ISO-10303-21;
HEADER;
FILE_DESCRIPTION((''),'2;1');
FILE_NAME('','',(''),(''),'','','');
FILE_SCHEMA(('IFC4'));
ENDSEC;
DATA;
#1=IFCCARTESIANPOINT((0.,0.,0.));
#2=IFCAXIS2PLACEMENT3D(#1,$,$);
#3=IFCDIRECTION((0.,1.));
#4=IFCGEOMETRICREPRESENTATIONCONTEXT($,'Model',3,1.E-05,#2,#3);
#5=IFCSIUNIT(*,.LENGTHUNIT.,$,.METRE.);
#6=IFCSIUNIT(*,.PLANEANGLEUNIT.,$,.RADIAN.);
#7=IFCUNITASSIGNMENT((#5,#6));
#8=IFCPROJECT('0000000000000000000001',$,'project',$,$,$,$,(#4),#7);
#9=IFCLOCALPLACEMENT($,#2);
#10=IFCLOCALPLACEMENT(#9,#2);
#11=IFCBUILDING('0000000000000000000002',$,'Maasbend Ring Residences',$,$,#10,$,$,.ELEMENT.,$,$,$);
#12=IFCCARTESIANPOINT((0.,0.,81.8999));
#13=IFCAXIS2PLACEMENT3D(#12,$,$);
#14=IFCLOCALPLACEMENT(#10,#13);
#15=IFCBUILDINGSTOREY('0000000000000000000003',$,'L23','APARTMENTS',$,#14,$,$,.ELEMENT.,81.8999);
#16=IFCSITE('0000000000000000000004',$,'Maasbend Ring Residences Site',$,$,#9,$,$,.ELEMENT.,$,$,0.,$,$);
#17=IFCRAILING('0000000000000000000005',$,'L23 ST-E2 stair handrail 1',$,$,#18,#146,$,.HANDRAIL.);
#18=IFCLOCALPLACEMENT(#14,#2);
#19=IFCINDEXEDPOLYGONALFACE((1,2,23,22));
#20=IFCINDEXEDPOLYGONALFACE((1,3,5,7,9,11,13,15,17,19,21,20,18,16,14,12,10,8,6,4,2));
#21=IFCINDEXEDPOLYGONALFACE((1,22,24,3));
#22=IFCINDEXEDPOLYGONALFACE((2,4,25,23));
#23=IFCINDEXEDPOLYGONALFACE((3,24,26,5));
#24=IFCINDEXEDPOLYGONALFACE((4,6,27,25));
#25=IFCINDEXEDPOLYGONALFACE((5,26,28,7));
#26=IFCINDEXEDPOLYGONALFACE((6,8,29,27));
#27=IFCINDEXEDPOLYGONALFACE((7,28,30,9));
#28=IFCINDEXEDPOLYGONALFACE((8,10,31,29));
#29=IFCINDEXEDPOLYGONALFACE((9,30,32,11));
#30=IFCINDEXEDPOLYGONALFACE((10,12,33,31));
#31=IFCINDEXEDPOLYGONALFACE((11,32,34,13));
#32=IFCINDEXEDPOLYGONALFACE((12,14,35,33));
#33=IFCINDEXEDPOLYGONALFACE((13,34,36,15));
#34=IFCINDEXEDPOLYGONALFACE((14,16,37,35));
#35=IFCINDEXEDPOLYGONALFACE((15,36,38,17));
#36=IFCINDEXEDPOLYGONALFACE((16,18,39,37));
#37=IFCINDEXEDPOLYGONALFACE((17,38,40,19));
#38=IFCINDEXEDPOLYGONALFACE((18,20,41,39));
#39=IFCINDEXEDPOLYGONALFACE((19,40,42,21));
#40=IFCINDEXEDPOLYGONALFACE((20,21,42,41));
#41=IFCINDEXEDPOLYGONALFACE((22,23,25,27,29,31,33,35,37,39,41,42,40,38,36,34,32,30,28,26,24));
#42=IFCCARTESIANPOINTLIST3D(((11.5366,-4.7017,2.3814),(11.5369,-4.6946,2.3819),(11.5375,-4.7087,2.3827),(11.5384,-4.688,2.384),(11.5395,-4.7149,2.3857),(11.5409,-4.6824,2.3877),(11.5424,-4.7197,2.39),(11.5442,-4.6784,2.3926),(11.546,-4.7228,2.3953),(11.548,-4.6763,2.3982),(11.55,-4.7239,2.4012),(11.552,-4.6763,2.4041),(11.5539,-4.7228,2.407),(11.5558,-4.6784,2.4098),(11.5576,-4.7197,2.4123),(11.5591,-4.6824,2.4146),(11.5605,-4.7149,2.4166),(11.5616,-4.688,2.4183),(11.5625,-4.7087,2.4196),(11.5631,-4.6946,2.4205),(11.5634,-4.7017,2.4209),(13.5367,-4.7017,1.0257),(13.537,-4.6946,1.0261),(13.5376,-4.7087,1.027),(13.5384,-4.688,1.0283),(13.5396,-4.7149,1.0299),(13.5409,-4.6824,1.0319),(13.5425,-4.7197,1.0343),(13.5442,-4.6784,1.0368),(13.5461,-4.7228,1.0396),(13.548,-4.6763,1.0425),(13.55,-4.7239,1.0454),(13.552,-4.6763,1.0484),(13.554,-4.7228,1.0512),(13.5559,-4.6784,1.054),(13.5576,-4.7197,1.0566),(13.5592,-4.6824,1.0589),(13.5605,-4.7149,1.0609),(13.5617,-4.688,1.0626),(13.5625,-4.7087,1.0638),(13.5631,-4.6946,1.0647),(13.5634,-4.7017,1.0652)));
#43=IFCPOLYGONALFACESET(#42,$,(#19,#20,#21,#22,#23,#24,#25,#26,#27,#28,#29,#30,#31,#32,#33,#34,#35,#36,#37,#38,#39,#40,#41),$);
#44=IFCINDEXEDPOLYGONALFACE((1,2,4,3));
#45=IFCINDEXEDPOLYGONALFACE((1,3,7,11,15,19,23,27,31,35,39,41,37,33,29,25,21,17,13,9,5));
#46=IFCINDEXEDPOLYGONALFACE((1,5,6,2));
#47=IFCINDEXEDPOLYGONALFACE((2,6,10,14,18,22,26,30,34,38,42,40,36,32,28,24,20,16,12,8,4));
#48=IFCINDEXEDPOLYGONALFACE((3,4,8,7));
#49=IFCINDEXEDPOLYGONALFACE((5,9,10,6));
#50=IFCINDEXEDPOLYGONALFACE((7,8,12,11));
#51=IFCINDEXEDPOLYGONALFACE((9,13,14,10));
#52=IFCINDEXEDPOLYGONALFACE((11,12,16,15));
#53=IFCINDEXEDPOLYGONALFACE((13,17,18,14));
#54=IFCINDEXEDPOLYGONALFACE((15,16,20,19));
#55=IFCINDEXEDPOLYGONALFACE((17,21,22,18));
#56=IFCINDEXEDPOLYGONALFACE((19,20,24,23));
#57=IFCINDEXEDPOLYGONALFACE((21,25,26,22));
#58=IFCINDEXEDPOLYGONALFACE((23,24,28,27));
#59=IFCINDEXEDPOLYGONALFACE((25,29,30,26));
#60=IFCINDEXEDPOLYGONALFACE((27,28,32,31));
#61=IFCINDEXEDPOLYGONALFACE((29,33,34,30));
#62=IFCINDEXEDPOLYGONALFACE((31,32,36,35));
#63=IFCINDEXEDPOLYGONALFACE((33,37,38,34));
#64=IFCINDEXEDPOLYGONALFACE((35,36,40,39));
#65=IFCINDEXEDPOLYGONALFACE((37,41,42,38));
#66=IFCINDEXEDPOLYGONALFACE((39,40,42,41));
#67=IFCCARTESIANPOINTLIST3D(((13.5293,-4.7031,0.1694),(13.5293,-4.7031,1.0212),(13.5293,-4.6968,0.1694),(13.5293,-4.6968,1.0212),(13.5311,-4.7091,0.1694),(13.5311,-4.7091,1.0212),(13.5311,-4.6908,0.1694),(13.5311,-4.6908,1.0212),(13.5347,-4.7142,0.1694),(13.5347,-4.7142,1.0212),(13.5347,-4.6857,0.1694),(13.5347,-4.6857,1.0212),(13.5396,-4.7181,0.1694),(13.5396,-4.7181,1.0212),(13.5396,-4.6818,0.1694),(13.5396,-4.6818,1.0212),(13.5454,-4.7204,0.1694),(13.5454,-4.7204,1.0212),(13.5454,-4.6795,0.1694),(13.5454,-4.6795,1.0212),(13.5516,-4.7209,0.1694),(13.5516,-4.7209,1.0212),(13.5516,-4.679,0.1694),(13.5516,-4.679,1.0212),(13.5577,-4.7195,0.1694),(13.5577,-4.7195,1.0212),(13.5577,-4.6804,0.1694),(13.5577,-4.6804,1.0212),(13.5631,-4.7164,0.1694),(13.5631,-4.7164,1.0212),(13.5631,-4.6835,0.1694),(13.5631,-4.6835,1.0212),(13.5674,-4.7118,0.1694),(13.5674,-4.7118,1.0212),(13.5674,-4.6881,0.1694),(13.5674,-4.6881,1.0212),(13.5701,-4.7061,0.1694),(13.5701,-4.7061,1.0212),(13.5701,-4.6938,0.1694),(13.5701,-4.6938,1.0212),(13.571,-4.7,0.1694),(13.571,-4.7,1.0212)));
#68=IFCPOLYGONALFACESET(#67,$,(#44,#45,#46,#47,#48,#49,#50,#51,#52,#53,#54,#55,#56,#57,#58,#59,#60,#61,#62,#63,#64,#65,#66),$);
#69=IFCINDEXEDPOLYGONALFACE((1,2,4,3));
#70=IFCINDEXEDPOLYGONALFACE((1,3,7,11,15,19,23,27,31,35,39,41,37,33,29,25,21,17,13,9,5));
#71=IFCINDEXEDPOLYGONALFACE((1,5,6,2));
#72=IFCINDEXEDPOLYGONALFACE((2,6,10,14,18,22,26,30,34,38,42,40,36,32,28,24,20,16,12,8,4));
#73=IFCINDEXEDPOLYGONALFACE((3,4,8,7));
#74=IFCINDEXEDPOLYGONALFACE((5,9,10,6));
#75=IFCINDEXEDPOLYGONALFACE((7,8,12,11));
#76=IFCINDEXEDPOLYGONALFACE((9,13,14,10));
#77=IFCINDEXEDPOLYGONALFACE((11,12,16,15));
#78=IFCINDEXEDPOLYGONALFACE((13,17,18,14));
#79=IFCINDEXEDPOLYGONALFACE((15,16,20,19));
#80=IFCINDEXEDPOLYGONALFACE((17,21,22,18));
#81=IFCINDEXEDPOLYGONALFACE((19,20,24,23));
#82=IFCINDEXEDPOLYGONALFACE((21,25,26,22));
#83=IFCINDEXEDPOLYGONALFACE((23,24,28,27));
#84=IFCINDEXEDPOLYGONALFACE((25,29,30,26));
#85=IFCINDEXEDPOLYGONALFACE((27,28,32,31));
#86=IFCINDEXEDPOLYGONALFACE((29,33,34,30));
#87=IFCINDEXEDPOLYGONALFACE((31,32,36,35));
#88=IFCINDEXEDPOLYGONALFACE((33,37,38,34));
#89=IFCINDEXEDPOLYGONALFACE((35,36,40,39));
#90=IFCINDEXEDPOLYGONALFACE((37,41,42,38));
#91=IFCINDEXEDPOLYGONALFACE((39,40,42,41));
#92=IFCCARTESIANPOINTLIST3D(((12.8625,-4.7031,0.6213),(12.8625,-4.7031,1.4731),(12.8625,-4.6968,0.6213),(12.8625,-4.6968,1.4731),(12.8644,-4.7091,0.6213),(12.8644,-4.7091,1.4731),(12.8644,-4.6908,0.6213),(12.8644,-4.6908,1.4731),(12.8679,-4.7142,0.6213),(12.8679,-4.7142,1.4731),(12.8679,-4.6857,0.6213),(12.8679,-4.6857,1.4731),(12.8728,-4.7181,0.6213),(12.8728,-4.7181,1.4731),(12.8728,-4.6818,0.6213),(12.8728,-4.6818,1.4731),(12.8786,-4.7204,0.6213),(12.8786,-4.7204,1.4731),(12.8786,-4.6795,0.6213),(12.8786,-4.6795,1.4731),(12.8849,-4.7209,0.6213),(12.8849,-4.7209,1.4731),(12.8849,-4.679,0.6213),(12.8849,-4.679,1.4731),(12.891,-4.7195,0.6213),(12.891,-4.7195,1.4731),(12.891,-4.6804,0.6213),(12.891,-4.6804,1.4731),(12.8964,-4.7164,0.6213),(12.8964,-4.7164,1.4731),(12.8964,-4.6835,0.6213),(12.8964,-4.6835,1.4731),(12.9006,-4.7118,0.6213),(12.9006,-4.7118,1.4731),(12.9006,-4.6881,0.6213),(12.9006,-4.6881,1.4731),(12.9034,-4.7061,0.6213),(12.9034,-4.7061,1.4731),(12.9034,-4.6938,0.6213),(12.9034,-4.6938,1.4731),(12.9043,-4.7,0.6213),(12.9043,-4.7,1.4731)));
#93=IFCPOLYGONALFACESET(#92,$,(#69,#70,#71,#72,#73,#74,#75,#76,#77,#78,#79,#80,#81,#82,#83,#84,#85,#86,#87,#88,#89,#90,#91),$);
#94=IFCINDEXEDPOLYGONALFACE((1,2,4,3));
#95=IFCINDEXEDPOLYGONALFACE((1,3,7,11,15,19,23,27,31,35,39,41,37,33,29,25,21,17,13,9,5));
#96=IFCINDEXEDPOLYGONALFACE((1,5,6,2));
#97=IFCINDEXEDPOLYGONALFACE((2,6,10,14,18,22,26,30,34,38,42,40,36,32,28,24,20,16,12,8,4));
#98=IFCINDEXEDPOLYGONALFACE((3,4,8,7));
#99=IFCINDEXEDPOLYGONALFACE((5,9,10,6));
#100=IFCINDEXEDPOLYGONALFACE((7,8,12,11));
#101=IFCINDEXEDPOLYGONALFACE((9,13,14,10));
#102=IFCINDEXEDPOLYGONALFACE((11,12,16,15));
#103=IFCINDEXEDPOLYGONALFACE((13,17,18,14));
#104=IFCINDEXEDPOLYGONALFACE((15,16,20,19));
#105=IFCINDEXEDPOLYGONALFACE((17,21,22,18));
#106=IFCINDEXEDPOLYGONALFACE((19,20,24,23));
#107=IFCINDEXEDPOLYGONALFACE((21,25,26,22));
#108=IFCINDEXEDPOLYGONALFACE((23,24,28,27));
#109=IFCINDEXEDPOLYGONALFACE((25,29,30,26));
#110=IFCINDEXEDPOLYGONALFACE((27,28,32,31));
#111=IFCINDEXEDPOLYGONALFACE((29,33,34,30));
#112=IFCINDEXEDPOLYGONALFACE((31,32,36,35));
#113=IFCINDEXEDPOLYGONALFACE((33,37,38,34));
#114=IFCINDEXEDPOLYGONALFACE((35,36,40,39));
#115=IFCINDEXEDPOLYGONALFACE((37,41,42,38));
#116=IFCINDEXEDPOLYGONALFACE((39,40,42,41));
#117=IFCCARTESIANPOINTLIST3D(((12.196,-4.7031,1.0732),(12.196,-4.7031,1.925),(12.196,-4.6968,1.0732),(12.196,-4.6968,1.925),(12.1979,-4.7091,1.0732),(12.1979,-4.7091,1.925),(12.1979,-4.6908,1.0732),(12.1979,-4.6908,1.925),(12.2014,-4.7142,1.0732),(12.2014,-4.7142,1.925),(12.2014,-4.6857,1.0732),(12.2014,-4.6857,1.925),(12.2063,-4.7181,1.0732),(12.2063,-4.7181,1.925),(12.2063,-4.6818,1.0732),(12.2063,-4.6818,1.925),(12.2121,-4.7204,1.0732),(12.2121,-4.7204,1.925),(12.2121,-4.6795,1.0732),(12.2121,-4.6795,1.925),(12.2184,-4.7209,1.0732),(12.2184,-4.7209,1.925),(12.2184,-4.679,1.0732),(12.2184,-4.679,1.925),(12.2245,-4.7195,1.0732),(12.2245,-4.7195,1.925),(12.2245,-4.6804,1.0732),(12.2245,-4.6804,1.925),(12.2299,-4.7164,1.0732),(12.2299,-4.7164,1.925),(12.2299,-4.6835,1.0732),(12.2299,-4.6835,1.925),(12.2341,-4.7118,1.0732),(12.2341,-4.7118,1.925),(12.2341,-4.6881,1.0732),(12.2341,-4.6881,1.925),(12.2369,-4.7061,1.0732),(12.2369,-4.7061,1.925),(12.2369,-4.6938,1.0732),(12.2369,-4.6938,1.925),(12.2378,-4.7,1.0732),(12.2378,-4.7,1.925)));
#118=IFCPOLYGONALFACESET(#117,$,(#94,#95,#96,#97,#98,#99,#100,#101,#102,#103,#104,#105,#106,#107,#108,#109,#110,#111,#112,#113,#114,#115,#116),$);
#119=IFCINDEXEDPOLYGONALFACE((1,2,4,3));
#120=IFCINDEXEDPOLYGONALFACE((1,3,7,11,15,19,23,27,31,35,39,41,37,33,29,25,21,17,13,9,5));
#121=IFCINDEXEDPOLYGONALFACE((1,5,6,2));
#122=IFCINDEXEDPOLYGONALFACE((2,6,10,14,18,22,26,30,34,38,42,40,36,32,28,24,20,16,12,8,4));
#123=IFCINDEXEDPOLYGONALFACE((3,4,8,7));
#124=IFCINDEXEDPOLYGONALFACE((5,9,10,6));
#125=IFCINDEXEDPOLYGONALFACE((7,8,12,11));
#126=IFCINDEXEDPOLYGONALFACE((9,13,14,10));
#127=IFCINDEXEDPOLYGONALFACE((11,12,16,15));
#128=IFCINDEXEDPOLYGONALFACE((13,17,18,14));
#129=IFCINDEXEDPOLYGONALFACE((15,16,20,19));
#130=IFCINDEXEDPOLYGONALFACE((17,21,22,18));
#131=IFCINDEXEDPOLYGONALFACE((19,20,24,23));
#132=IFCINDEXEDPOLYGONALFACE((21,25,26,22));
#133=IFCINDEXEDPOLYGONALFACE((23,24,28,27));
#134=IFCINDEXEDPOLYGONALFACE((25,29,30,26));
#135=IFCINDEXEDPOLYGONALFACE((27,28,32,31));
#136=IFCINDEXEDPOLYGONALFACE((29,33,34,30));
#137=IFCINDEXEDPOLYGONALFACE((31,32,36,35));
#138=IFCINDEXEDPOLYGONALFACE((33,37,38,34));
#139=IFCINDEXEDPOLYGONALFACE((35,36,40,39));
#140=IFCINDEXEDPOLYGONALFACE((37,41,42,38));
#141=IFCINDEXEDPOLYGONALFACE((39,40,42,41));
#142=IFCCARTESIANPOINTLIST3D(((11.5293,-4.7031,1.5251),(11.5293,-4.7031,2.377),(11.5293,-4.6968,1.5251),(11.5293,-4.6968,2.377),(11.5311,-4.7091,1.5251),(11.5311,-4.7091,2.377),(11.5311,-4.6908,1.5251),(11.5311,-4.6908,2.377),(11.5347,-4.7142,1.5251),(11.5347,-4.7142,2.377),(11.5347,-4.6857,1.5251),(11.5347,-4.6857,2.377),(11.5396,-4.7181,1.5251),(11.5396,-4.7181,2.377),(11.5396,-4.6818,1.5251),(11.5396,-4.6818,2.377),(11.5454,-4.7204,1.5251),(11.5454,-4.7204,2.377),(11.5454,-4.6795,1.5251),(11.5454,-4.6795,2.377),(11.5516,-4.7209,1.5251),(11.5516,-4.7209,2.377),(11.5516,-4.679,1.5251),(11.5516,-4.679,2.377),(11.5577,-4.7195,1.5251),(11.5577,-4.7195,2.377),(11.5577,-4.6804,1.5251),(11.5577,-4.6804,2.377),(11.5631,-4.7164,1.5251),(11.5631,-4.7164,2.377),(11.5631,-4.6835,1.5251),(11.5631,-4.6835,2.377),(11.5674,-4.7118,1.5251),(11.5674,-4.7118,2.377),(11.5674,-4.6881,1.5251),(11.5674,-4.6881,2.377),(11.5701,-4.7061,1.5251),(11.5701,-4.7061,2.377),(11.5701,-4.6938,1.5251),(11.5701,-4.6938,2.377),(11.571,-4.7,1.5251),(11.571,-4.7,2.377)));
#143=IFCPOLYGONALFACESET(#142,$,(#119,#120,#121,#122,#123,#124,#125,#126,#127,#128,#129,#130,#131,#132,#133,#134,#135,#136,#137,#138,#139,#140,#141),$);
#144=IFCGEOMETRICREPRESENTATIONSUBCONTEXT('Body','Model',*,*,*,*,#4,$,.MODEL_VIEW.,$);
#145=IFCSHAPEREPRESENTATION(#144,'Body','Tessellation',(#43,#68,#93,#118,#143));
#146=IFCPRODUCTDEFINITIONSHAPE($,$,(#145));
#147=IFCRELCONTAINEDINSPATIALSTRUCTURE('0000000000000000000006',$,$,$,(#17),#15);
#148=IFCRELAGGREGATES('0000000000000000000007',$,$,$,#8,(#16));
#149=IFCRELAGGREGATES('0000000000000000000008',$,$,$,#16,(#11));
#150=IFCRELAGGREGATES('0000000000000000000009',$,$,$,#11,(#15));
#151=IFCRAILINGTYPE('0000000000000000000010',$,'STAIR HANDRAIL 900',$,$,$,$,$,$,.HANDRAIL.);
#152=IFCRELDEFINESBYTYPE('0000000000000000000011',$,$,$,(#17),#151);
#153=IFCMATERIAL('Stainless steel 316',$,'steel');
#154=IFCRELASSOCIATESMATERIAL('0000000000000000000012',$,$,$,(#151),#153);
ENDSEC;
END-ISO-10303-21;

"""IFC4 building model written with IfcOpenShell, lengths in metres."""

from ifc_helpers import new_model, si_unit, direction, frame, origin, origin_2d, place, context, subcontext, project, spatial, circle, extrude, material, type_object, element, save


model = new_model("IFC4")

# Units and contexts
model_context = context("Model", 3, precision=1e-05, world=origin(), true_north=direction((0.0, 1.0)))
body_context = subcontext(model_context, "Body", "Model", "MODEL_VIEW")
ifc_project = project(units=[si_unit("LENGTHUNIT", "METRE"), si_unit("PLANEANGLEUNIT", "RADIAN")], contexts=[model_context])

# Site, building, storey
site_placement = place(None, origin())
site = spatial("IfcSite", under=ifc_project, at=site_placement, Name="Maasbend Ring Residences Site", CompositionType="ELEMENT", RefElevation=0.0)
building_placement = place(site_placement, origin())
building = spatial("IfcBuilding", under=site, at=building_placement, Name="Maasbend Ring Residences", CompositionType="ELEMENT")
storey_placement = place(building_placement, frame((0.0, 0.0, 81.8999)))
storey = spatial("IfcBuildingStorey", under=building, at=storey_placement, Name="L23", Description="APARTMENTS", CompositionType="ELEMENT", Elevation=81.8999)

# Railing
ifc_material_1 = material(Name="Stainless steel 316", Category="steel")
railing_type_1 = type_object("IfcRailingType", Name="STAIR HANDRAIL 900", PredefinedType="HANDRAIL", material=ifc_material_1)
railing_1_placement = place(storey_placement, frame((13.55, -4.7, 0.1694)))
element("IfcRailing", 1, at=railing_1_placement, inside=storey, type_object=railing_type_1, Name="L23 ST-E2 stair handrail 1", PredefinedType="HANDRAIL", context=body_context, shape_type="SweptSolid", body=[
    extrude(circle(Radius=0.0239, at=origin_2d()), frame((0.0, 0.0, 0.876), z_axis=(-0.827751, 0.0, 0.561096), x_axis=(0.0, -1.0, 0.0)), (0.0, 0.0, 1.0), 2.4163),
    extrude(circle(Radius=0.021, at=origin_2d()), origin(), (0.0, 0.0, 1.0), 0.8518),
    extrude(circle(Radius=0.021, at=origin_2d()), frame((-0.6667, 0.0, 0.4519)), (0.0, 0.0, 1.0), 0.8518),
    extrude(circle(Radius=0.021, at=origin_2d()), frame((-1.3333, 0.0, 0.9038)), (0.0, 0.0, 1.0), 0.8518),
    extrude(circle(Radius=0.021, at=origin_2d()), frame((-2.0, 0.0, 1.3557)), (0.0, 0.0, 1.0), 0.8518),
])

save(model, "model.ifc")
